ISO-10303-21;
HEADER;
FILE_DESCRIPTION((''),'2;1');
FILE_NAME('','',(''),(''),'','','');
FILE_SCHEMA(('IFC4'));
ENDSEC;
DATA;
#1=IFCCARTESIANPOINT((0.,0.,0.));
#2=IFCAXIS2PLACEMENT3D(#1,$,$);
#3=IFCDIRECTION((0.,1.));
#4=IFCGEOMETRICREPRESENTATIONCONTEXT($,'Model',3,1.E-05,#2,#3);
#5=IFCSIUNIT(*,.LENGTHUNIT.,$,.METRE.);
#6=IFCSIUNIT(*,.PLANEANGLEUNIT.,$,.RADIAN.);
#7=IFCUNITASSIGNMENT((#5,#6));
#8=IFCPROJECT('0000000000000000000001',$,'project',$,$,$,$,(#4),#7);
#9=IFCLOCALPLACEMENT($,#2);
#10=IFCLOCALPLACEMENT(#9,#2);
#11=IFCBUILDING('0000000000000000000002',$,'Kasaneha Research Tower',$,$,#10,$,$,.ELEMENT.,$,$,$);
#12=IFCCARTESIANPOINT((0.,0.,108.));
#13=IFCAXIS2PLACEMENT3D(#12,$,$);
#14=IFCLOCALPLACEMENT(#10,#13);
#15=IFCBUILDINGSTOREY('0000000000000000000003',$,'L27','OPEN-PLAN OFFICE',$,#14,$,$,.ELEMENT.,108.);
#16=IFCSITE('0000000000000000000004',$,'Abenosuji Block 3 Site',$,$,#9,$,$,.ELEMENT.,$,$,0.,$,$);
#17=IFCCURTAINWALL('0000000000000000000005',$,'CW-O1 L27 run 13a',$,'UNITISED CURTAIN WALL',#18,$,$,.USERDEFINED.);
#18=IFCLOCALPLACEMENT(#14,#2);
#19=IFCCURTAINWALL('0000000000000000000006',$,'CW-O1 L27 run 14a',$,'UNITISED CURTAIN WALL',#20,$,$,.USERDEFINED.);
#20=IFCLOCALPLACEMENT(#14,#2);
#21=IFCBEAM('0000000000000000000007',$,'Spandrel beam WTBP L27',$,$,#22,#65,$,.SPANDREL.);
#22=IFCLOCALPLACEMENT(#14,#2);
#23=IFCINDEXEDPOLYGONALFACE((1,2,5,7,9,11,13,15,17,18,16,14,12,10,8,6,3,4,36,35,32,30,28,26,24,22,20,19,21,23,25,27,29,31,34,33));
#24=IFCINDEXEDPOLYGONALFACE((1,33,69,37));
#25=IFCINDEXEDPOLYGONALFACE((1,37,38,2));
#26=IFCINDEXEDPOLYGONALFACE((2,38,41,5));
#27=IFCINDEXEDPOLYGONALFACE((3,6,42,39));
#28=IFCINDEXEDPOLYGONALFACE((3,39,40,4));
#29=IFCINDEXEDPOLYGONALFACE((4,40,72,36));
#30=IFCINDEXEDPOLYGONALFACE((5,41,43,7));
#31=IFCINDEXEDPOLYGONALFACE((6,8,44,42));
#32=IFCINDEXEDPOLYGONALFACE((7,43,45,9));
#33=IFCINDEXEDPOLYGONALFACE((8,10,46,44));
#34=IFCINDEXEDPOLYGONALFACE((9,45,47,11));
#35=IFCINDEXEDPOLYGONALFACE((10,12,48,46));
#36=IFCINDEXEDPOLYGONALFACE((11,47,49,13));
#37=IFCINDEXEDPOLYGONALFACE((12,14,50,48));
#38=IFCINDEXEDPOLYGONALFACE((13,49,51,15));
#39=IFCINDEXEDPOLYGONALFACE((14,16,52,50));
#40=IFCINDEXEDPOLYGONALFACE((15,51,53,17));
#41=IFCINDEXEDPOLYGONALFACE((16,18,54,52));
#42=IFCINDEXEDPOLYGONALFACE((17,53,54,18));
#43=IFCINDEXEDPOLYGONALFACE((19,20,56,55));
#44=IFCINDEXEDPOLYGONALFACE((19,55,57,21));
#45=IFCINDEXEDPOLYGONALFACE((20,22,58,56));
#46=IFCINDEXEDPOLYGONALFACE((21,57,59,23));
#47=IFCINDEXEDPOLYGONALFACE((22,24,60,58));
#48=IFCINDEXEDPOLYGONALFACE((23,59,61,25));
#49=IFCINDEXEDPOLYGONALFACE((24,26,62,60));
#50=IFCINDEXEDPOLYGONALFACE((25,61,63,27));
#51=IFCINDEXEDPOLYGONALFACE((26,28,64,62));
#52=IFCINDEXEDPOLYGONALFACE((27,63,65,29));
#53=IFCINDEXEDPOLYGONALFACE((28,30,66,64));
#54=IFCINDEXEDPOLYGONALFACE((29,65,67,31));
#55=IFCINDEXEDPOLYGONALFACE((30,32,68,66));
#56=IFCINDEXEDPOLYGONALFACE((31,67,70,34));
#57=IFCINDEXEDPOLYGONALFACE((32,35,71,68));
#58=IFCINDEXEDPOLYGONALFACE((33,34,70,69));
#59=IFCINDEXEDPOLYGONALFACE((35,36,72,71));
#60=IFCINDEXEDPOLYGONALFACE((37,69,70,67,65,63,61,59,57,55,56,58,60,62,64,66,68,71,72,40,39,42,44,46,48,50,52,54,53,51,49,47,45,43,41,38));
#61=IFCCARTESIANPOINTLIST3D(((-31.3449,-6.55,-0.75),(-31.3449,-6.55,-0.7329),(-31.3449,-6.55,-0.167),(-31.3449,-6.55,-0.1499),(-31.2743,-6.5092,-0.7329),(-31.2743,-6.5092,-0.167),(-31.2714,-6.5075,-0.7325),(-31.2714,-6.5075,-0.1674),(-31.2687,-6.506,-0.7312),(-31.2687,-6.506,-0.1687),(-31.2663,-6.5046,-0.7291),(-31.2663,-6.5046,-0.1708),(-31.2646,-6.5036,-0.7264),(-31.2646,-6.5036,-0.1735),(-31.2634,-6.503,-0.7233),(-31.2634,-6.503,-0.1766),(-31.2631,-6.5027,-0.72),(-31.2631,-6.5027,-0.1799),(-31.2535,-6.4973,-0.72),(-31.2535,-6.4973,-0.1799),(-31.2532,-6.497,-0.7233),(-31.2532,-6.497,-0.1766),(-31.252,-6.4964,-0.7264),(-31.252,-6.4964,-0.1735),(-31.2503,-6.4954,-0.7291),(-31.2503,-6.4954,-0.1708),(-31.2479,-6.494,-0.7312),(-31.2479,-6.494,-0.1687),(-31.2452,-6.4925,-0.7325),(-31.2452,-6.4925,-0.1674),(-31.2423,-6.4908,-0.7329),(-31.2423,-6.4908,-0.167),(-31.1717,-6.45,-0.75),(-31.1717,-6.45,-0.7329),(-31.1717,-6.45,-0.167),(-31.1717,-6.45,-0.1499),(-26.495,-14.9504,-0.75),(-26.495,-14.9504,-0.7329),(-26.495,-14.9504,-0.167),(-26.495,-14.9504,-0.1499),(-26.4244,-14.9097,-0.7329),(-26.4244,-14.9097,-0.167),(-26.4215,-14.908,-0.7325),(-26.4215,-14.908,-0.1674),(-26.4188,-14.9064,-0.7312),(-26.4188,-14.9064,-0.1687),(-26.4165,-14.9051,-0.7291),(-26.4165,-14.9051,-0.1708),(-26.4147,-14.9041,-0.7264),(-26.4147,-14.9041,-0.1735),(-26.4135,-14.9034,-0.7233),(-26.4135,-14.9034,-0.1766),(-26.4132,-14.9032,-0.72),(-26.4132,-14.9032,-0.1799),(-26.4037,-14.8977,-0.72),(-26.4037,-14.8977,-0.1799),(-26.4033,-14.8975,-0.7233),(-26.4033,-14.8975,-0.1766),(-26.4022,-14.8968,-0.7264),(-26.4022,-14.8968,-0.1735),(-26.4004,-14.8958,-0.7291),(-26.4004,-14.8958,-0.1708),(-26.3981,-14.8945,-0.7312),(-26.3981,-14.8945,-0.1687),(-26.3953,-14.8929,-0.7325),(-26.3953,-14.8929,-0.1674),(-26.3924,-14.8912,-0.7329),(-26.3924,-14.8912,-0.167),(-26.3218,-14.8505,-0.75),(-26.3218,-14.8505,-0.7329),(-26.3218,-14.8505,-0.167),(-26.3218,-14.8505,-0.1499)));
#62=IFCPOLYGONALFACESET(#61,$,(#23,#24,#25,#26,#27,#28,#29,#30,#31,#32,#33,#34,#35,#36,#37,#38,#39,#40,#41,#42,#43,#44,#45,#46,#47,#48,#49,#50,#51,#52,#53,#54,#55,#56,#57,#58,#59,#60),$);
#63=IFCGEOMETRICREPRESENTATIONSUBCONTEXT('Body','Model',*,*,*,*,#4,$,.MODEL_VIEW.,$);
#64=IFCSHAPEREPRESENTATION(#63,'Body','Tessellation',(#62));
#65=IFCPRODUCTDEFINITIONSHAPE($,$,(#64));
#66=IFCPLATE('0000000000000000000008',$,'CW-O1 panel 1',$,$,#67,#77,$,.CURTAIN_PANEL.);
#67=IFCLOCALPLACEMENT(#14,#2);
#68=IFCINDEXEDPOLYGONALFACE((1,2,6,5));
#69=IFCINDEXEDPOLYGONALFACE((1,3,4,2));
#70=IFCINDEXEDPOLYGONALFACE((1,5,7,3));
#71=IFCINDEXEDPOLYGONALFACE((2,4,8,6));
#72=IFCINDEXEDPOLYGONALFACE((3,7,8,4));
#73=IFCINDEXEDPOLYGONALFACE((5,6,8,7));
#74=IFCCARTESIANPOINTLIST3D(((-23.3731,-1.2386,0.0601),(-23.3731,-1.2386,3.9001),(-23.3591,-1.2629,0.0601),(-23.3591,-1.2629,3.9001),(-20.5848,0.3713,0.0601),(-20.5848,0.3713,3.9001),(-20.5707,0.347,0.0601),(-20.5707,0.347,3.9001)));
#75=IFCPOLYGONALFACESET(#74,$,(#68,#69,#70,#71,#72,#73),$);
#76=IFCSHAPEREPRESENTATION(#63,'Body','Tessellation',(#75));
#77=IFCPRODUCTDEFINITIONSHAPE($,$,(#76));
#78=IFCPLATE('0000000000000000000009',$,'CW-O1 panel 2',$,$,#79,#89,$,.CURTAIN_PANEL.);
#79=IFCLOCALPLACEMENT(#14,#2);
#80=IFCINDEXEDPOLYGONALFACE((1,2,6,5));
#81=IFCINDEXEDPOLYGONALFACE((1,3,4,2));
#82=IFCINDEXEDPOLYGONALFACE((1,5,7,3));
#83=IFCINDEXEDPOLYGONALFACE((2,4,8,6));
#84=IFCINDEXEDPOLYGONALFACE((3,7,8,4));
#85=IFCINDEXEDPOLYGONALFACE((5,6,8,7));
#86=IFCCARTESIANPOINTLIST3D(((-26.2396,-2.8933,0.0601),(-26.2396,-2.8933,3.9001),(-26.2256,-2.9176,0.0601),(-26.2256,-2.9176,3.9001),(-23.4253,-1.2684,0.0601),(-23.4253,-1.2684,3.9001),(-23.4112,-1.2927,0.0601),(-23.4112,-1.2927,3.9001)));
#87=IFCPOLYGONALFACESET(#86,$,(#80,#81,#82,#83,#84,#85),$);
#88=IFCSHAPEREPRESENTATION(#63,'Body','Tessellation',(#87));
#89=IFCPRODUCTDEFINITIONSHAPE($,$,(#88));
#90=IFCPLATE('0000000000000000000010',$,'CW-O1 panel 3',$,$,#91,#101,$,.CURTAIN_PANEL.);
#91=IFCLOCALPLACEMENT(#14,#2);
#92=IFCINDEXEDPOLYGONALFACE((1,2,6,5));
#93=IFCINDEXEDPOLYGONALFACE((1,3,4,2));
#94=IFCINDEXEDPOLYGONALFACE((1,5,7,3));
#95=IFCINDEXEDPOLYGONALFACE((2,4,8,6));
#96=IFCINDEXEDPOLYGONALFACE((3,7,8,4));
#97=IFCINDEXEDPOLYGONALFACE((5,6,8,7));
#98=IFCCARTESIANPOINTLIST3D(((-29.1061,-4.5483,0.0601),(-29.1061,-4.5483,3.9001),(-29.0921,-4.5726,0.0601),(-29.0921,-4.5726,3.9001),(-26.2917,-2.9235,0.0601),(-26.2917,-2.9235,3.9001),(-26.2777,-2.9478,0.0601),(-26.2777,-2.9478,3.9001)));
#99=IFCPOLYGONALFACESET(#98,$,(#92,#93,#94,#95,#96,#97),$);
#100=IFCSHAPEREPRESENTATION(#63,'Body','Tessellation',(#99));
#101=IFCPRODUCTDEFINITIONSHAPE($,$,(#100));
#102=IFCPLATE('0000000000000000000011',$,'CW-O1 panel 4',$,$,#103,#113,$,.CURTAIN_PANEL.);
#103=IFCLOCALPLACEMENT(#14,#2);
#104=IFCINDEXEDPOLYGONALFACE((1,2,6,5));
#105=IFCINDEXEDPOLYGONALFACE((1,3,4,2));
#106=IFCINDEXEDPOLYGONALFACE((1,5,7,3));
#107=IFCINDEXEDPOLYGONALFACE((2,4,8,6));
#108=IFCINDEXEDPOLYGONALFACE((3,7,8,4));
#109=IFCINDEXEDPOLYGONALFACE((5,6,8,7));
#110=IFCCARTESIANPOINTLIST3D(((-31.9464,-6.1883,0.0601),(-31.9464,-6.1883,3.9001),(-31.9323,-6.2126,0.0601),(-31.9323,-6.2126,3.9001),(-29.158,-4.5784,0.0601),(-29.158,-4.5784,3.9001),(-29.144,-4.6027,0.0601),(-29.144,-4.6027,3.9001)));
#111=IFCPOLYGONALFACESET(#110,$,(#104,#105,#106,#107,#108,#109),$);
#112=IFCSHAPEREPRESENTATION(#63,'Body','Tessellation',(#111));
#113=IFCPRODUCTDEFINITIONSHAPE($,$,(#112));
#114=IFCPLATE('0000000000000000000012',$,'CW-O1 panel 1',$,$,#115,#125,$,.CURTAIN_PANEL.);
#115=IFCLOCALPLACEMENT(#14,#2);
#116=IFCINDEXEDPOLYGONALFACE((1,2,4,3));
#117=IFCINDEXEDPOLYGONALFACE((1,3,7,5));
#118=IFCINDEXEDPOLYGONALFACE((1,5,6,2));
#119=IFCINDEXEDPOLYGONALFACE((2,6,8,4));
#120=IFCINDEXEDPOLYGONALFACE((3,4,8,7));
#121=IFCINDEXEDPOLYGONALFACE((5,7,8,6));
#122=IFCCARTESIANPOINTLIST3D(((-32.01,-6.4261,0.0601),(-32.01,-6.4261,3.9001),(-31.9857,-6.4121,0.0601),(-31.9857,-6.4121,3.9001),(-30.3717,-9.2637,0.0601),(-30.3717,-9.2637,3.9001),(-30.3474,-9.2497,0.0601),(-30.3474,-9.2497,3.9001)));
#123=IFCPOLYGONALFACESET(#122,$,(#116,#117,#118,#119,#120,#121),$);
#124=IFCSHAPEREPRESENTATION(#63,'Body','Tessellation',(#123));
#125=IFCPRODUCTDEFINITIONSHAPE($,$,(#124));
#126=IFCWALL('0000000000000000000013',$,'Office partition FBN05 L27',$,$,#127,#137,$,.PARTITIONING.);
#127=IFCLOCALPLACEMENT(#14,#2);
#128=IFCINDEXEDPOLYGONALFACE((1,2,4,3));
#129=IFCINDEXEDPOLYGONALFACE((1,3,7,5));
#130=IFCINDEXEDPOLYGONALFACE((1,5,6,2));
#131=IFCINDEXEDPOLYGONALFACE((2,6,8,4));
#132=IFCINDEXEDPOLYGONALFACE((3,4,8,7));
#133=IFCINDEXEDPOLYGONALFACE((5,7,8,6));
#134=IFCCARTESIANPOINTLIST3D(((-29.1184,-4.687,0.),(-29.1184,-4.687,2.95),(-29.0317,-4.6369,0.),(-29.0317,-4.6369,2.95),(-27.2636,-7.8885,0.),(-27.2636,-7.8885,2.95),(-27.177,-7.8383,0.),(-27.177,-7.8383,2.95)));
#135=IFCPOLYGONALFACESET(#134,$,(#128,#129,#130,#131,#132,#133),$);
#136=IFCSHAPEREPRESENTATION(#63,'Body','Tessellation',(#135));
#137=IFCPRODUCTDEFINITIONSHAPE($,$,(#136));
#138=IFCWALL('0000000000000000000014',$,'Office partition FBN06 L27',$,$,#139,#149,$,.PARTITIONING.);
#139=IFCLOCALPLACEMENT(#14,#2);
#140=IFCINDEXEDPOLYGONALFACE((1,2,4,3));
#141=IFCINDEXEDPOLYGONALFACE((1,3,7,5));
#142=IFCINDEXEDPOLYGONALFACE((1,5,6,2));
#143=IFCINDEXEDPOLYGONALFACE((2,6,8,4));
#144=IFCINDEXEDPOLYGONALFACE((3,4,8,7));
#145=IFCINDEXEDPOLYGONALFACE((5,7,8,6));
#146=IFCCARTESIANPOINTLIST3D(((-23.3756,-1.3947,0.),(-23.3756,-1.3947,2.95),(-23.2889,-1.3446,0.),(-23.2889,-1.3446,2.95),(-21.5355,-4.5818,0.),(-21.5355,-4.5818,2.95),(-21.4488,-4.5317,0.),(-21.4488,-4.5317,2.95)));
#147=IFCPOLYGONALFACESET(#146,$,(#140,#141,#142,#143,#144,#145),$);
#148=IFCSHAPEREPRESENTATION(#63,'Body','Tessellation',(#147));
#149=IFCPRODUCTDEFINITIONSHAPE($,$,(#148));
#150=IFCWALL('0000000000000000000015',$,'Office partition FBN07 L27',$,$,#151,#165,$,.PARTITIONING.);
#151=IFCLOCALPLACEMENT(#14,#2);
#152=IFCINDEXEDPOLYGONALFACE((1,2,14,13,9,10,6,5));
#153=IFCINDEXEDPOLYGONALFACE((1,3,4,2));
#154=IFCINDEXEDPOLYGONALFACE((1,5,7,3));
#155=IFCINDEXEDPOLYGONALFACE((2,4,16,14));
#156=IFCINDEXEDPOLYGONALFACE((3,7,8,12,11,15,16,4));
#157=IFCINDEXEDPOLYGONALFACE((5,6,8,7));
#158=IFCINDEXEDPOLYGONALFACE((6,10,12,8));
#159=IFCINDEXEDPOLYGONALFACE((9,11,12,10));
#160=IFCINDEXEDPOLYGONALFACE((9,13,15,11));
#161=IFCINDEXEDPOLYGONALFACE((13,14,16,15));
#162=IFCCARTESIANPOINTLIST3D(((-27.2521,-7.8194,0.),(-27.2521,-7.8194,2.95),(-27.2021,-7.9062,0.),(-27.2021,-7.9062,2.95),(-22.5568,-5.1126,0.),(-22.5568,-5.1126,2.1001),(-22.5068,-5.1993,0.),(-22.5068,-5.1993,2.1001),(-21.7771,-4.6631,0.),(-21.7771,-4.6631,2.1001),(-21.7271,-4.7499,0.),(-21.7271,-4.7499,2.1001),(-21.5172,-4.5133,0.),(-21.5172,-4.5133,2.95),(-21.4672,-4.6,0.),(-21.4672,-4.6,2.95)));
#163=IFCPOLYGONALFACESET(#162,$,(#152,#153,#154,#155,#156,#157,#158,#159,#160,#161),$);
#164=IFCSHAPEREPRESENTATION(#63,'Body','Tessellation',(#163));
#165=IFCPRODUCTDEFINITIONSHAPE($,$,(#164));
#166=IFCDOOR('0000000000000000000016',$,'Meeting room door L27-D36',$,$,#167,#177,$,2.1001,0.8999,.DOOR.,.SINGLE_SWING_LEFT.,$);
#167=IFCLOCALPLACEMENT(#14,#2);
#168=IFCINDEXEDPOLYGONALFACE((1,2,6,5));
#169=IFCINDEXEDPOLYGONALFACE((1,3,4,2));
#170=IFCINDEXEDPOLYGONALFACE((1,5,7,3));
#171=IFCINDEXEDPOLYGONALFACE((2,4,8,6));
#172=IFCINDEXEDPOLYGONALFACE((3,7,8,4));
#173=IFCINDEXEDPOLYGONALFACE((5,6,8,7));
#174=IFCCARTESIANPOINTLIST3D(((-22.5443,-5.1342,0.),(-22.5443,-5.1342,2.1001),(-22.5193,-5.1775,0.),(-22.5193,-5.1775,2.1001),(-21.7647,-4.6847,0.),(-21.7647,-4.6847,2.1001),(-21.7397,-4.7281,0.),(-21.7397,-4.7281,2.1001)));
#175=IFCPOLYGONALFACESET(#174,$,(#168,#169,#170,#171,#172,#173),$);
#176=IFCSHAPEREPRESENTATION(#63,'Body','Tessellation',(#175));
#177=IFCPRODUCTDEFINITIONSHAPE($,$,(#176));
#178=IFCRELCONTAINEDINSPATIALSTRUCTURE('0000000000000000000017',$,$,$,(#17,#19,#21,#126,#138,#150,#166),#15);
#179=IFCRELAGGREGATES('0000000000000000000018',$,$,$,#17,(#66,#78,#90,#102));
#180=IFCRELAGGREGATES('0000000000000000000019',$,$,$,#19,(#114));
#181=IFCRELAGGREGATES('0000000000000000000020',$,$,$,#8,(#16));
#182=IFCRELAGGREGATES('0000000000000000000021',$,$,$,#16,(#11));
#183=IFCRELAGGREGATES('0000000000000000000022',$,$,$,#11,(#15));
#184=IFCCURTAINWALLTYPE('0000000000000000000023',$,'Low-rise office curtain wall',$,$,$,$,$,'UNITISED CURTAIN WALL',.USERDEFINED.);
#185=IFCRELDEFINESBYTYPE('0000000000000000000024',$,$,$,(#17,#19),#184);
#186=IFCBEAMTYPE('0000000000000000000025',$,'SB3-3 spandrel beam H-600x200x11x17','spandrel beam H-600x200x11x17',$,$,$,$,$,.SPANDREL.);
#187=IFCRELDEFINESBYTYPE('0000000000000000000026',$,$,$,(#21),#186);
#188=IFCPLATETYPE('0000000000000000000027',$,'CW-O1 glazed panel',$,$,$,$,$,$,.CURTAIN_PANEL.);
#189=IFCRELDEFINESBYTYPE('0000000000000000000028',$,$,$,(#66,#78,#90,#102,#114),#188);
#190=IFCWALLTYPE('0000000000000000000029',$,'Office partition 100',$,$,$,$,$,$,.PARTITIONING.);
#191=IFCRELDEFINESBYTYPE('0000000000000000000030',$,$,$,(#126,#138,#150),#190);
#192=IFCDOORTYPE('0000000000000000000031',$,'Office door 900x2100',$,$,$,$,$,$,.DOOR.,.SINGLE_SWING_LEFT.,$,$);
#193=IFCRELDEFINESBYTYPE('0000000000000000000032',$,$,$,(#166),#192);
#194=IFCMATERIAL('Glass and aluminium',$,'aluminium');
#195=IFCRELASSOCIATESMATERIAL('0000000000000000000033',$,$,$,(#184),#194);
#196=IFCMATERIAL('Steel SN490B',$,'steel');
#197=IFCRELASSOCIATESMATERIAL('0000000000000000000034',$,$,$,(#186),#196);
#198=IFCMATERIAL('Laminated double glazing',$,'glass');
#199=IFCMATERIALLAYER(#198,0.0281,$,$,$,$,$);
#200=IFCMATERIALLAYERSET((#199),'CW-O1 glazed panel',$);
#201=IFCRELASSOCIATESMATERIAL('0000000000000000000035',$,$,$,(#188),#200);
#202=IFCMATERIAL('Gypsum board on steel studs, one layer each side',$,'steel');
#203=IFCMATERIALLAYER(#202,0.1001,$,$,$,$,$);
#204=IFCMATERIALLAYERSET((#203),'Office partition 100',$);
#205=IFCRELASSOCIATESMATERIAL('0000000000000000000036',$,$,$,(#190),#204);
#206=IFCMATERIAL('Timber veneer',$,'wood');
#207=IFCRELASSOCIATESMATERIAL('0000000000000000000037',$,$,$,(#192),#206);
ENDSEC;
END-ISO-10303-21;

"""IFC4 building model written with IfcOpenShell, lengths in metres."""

from ifc_helpers import new_model, si_unit, direction, frame, frame_2d, origin, origin_2d, place, context, subcontext, project, spatial, rectangle, i_section, extrude, material, layer, layer_set, material_profile, profile_set, type_object, element, fill, aggregate, save


model = new_model("IFC4")

# Units and contexts
model_context = context("Model", 3, precision=1e-05, world=origin(), true_north=direction((0.0, 1.0)))
body_context = subcontext(model_context, "Body", "Model", "MODEL_VIEW")
ifc_project = project(units=[si_unit("LENGTHUNIT", "METRE"), si_unit("PLANEANGLEUNIT", "RADIAN")], contexts=[model_context])

# Site, building, storey
site_placement = place(None, origin())
site = spatial("IfcSite", under=ifc_project, at=site_placement, Name="Abenosuji Block 3 Site", CompositionType="ELEMENT", RefElevation=0.0)
building_placement = place(site_placement, origin())
building = spatial("IfcBuilding", under=site, at=building_placement, Name="Kasaneha Research Tower", CompositionType="ELEMENT")
storey_placement = place(building_placement, frame((0.0, 0.0, 108.0)))
storey = spatial("IfcBuildingStorey", under=building, at=storey_placement, Name="L27", Description="OPEN-PLAN OFFICE", CompositionType="ELEMENT", Elevation=108.0)

# Curtain walls
ifc_material_1 = material(Name="Glass and aluminium", Category="aluminium")
curtain_wall_type = type_object("IfcCurtainWallType", Name="Low-rise office curtain wall", ElementType="UNITISED CURTAIN WALL", PredefinedType="USERDEFINED", material=ifc_material_1)
curtain_wall_1_placement = place(storey_placement, origin())
curtain_wall_1 = element("IfcCurtainWall", 1, at=curtain_wall_1_placement, inside=storey, type_object=curtain_wall_type, Name="CW-O1 L27 run 13a", ObjectType="UNITISED CURTAIN WALL", PredefinedType="USERDEFINED")
curtain_wall_2_placement = place(storey_placement, origin())
curtain_wall_2 = element("IfcCurtainWall", 2, at=curtain_wall_2_placement, inside=storey, type_object=curtain_wall_type, Name="CW-O1 L27 run 14a", ObjectType="UNITISED CURTAIN WALL", PredefinedType="USERDEFINED")

# Beam
ifc_material_2 = material(Name="Steel SN490B", Category="steel")
ifc_material_profile_1 = material_profile(ifc_material_2, i_section(OverallWidth=0.2, OverallDepth=0.6001, WebThickness=0.011, FlangeThickness=0.0171, FilletRadius=0.0129, at=origin_2d()), Name="H-600x200x11x17")
ifc_profile_set_1 = profile_set([ifc_material_profile_1], Name="Steel SN490B")
beam_type_1 = type_object("IfcBeamType", Name="SB3-3 spandrel beam H-600x200x11x17", Description="spandrel beam H-600x200x11x17", PredefinedType="SPANDREL", material=ifc_profile_set_1)
beam_1_placement = place(storey_placement, frame((-31.2583, -6.5, -0.45), z_axis=(0.499991, -0.866031, 0.0), x_axis=(0.866031, 0.499991, 0.0)))
element("IfcBeam", 3, at=beam_1_placement, inside=storey, type_object=beam_type_1, Name="Spandrel beam WTBP L27", PredefinedType="SPANDREL", context=body_context, shape_type="SweptSolid", body=[
    extrude(i_section(OverallWidth=0.2, OverallDepth=0.6001, WebThickness=0.011, FlangeThickness=0.0171, FilletRadius=0.0129, at=origin_2d()), origin(), (0.0, 0.0, 1.0), 9.7),
])

# Plates
ifc_material_3 = material(Name="Laminated double glazing", Category="glass")
ifc_layer_1 = layer(ifc_material_3, 0.0281)
ifc_layer_set_1 = layer_set([ifc_layer_1], Name="CW-O1 glazed panel")
plate_type = type_object("IfcPlateType", Name="CW-O1 glazed panel", PredefinedType="CURTAIN_PANEL", material=ifc_layer_set_1)
plate_1_placement = place(storey_placement, frame((-21.9719, -0.4458, 0.0601), z_axis=(0.0, 0.0, 1.0), x_axis=(-0.866025, -0.5, 0.0)))
plate_1 = element("IfcPlate", 4, at=plate_1_placement, type_object=plate_type, Name="CW-O1 panel 1", PredefinedType="CURTAIN_PANEL", context=body_context, shape_type="SweptSolid", body=[
    extrude(rectangle(XDim=3.2197, YDim=0.0281, at=origin_2d()), origin(), (0.0, 0.0, 1.0), 3.8401),
])
plate_2_placement = place(storey_placement, frame((-24.8254, -2.093, 0.0601), z_axis=(0.0, 0.0, 1.0), x_axis=(-0.866025, -0.5, 0.0)))
plate_2 = element("IfcPlate", 5, at=plate_2_placement, type_object=plate_type, Name="CW-O1 panel 2", PredefinedType="CURTAIN_PANEL", context=body_context, shape_type="SweptSolid", body=[
    extrude(rectangle(XDim=3.2498, YDim=0.0281, at=origin_2d()), origin(), (0.0, 0.0, 1.0), 3.8401),
])
plate_3_placement = place(storey_placement, frame((-27.6919, -3.748, 0.0601), z_axis=(0.0, 0.0, 1.0), x_axis=(-0.866025, -0.5, 0.0)))
plate_3 = element("IfcPlate", 6, at=plate_3_placement, type_object=plate_type, Name="CW-O1 panel 3", PredefinedType="CURTAIN_PANEL", context=body_context, shape_type="SweptSolid", body=[
    extrude(rectangle(XDim=3.2498, YDim=0.0281, at=origin_2d()), origin(), (0.0, 0.0, 1.0), 3.8401),
])
plate_4_placement = place(storey_placement, frame((-30.5452, -5.3955, 0.0601), z_axis=(0.0, 0.0, 1.0), x_axis=(-0.866025, -0.5, 0.0)))
plate_4 = element("IfcPlate", 7, at=plate_4_placement, type_object=plate_type, Name="CW-O1 panel 4", PredefinedType="CURTAIN_PANEL", context=body_context, shape_type="SweptSolid", body=[
    extrude(rectangle(XDim=3.2197, YDim=0.0281, at=origin_2d()), origin(), (0.0, 0.0, 1.0), 3.8401),
])
aggregate(curtain_wall_1, [plate_1, plate_2, plate_3, plate_4])
plate_5_placement = place(storey_placement, frame((-31.1787, -7.8379, 0.0601), z_axis=(0.0, 0.0, 1.0), x_axis=(0.5, -0.866025, 0.0)))
plate_5 = element("IfcPlate", 8, at=plate_5_placement, type_object=plate_type, Name="CW-O1 panel 1", PredefinedType="CURTAIN_PANEL", context=body_context, shape_type="SweptSolid", body=[
    extrude(rectangle(XDim=3.2766, YDim=0.0281, at=origin_2d()), origin(), (0.0, 0.0, 1.0), 3.8401),
])
aggregate(curtain_wall_2, [plate_5])

# Walls
ifc_material_4 = material(Name="Gypsum board on steel studs, one layer each side", Category="steel")
ifc_layer_2 = layer(ifc_material_4, 0.1001)
ifc_layer_set_2 = layer_set([ifc_layer_2], Name="Office partition 100")
wall_type = type_object("IfcWallType", Name="Office partition 100", PredefinedType="PARTITIONING", material=ifc_layer_set_2)
wall_1_placement = place(storey_placement, frame((-27.2202, -7.8635, 0.0), z_axis=(0.0, 0.0, 1.0), x_axis=(-0.501296, 0.865276, 0.0)))
element("IfcWall", 9, at=wall_1_placement, inside=storey, type_object=wall_type, Name="Office partition FBN05 L27", PredefinedType="PARTITIONING", context=body_context, shape_type="SweptSolid", body=[
    extrude(rectangle(XDim=3.7, YDim=0.1001, at=frame_2d((1.8501, 0.0))), origin(), (0.0, 0.0, 1.0), 2.95),
])
wall_2_placement = place(storey_placement, frame((-23.3323, -1.3696, 0.0), z_axis=(0.0, 0.0, 1.0), x_axis=(0.500013, -0.866018, 0.0)))
element("IfcWall", 10, at=wall_2_placement, inside=storey, type_object=wall_type, Name="Office partition FBN06 L27", PredefinedType="PARTITIONING", context=body_context, shape_type="SweptSolid", body=[
    extrude(rectangle(XDim=3.6802, YDim=0.1001, at=frame_2d((1.8401, 0.0))), origin(), (0.0, 0.0, 1.0), 2.95),
])

# Wall, opening, door
wall_3_placement = place(storey_placement, frame((-21.4922, -4.5566, 0.0), z_axis=(0.0, 0.0, 1.0), x_axis=(-0.866344, -0.499448, 0.0)))
wall_3 = element("IfcWall", 11, at=wall_3_placement, inside=storey, type_object=wall_type, Name="Office partition FBN07 L27", PredefinedType="PARTITIONING", context=body_context, shape_type="SweptSolid", body=[
    extrude(rectangle(XDim=6.6196, YDim=0.1001, at=frame_2d((3.3098, 0.0))), origin(), (0.0, 0.0, 1.0), 2.95),
])
opening_1_placement = place(wall_3_placement, frame((0.3, 0.0, 0.0)))
opening_1 = element("IfcOpeningElement", 12, at=opening_1_placement, cuts=wall_3, PredefinedType="OPENING", context=body_context, shape_type="SweptSolid", body=[
    extrude(rectangle(XDim=0.8999, YDim=2.1001, at=frame_2d((0.45, 1.05))), frame((0.0, 0.0601, 0.0), z_axis=(0.0, -1.0, 0.0), x_axis=(1.0, 0.0, 0.0)), (0.0, 0.0, 1.0), 0.1201),
])
ifc_material_5 = material(Name="Timber veneer", Category="wood")
door_type = type_object("IfcDoorType", Name="Office door 900x2100", OperationType="SINGLE_SWING_LEFT", PredefinedType="DOOR", material=ifc_material_5)
door_1_placement = place(opening_1_placement, origin())
door_1 = element("IfcDoor", 13, at=door_1_placement, inside=storey, type_object=door_type, Name="Meeting room door L27-D36", OperationType="SINGLE_SWING_LEFT", OverallHeight=2.1001, OverallWidth=0.8999, PredefinedType="DOOR", context=body_context, shape_type="SweptSolid", body=[
    extrude(rectangle(XDim=0.8999, YDim=2.1001, at=frame_2d((0.45, 1.05))), frame((0.0, 0.0249, 0.0), z_axis=(0.0, -1.0, 0.0), x_axis=(1.0, 0.0, 0.0)), (0.0, 0.0, 1.0), 0.05),
])
fill(opening_1, door_1)

save(model, "model.ifc")
